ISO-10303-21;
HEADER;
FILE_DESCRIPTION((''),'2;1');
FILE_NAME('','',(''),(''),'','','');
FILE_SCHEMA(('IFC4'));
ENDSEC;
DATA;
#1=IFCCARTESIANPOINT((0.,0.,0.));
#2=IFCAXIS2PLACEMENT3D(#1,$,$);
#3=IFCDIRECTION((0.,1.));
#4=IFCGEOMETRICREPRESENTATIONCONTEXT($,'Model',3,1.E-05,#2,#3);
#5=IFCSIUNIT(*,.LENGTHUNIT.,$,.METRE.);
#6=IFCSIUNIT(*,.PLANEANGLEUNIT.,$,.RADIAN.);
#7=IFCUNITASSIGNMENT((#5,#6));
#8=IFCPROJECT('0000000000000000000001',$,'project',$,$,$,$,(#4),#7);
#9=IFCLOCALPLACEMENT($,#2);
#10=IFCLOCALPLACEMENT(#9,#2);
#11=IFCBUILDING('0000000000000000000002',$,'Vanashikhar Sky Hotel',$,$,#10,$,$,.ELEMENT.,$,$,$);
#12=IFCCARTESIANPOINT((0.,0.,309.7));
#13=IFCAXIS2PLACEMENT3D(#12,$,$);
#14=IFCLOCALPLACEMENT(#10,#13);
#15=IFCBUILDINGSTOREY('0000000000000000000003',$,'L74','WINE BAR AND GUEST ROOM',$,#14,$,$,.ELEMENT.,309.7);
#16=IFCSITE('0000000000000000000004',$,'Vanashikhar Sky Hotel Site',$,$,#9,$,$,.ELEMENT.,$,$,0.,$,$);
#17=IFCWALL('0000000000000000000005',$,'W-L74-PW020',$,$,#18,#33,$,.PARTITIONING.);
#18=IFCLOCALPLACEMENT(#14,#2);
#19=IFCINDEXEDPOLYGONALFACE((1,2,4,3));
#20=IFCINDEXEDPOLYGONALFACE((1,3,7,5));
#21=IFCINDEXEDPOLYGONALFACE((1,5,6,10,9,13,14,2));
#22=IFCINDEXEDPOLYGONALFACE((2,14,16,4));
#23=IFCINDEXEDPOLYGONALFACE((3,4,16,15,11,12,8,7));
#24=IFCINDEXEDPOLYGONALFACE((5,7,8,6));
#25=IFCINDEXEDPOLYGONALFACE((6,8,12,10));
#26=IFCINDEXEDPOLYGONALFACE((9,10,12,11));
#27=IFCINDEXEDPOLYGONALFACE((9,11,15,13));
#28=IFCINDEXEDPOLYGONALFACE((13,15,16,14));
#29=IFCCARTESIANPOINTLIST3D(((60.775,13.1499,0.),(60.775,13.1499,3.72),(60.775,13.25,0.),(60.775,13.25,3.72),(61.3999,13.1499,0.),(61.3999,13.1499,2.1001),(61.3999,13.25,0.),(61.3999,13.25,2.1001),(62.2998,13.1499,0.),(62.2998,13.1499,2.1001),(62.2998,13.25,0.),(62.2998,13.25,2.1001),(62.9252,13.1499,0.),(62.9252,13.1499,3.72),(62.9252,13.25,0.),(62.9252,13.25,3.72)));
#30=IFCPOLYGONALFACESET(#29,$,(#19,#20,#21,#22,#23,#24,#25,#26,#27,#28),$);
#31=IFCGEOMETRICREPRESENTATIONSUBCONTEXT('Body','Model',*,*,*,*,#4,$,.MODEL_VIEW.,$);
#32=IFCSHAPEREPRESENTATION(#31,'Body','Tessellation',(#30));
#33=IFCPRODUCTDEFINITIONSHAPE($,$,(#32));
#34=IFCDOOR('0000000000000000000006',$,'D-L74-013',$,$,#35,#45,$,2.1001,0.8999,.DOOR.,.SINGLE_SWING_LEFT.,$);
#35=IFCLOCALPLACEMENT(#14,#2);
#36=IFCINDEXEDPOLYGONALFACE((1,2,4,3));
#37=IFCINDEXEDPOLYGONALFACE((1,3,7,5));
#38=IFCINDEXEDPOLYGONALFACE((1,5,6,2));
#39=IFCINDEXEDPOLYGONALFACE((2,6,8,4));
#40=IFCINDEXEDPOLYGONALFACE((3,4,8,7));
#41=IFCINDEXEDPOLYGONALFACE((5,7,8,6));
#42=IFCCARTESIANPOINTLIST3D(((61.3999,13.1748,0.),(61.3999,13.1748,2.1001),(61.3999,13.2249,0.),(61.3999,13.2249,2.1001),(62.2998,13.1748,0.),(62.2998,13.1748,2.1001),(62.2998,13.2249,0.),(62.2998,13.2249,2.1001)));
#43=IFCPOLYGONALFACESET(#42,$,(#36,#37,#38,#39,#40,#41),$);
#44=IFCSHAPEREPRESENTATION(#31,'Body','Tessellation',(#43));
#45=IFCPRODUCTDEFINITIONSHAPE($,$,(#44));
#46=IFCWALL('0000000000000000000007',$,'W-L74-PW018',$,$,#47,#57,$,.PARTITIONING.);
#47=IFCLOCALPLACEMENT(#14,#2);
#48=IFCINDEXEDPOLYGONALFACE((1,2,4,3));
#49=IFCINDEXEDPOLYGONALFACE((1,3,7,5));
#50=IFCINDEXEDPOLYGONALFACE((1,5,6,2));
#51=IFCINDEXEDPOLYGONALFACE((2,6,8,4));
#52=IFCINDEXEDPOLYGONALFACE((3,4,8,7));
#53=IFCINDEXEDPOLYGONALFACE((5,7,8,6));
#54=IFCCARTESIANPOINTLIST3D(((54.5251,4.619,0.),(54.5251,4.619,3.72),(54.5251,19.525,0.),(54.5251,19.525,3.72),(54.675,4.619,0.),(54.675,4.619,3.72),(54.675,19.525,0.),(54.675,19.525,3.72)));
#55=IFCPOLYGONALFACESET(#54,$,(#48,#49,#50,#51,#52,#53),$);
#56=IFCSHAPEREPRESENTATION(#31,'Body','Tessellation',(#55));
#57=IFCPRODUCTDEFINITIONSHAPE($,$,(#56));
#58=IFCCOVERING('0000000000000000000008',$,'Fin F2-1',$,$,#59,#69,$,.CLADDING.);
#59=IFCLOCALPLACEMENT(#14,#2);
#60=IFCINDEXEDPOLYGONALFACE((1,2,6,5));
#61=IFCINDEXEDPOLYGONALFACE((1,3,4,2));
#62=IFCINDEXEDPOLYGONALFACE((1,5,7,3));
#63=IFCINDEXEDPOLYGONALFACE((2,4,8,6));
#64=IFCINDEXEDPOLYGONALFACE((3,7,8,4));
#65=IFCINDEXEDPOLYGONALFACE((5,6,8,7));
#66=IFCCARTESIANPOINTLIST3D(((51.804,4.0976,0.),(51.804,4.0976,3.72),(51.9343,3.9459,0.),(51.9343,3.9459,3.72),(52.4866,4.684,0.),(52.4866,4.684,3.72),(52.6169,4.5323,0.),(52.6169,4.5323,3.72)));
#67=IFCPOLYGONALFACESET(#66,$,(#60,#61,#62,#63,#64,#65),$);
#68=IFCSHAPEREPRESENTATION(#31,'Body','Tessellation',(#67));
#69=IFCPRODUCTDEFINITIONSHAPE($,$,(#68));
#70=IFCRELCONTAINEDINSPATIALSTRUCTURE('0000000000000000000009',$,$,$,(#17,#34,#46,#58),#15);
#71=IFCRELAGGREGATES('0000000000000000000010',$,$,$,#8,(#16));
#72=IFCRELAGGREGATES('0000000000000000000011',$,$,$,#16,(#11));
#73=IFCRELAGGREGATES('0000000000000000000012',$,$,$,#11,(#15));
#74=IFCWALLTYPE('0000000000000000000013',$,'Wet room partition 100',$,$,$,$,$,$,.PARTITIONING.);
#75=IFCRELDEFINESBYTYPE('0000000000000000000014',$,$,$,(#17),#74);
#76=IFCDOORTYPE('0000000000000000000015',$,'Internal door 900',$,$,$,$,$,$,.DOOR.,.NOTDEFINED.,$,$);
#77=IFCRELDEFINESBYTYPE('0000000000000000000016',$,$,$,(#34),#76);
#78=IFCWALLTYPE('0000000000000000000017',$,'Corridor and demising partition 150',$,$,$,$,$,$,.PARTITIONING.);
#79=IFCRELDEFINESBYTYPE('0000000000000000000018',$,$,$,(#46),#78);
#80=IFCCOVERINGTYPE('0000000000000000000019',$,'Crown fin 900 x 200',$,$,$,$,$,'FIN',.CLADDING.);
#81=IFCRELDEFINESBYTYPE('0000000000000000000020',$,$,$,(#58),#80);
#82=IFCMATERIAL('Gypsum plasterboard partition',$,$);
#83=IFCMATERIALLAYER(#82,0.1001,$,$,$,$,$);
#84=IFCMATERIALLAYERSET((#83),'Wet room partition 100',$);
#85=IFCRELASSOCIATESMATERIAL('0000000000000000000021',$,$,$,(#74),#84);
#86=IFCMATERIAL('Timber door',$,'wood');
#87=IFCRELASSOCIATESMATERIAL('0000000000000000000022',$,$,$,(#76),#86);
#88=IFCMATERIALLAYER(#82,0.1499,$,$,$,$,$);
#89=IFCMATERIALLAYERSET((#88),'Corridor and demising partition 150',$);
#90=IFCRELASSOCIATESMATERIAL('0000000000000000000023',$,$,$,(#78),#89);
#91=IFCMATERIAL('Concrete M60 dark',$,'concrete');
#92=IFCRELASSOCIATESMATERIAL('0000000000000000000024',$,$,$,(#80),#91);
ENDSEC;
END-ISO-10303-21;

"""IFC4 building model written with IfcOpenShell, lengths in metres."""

from ifc_helpers import new_model, si_unit, direction, frame, frame_2d, origin, origin_2d, place, context, subcontext, project, spatial, rectangle, extrude, source, transform, mapped, material, layer, layer_set, material_profile, profile_set, type_object, element, fill, save


model = new_model("IFC4")

# Units and contexts
model_context = context("Model", 3, precision=1e-05, world=origin(), true_north=direction((0.0, 1.0)))
body_context = subcontext(model_context, "Body", "Model", "MODEL_VIEW")
ifc_project = project(units=[si_unit("LENGTHUNIT", "METRE"), si_unit("PLANEANGLEUNIT", "RADIAN")], contexts=[model_context])

# Site, building, storey
site_placement = place(None, origin())
site = spatial("IfcSite", under=ifc_project, at=site_placement, Name="Vanashikhar Sky Hotel Site", CompositionType="ELEMENT", RefElevation=0.0)
building_placement = place(site_placement, origin())
building = spatial("IfcBuilding", under=site, at=building_placement, Name="Vanashikhar Sky Hotel", CompositionType="ELEMENT")
storey_placement = place(building_placement, frame((0.0, 0.0, 309.7)))
storey = spatial("IfcBuildingStorey", under=building, at=storey_placement, Name="L74", Description="WINE BAR AND GUEST ROOM", CompositionType="ELEMENT", Elevation=309.7)

# Shared definitions
ifc_material_1 = material(Name="Gypsum plasterboard partition")
ifc_layer_1 = layer(ifc_material_1, 0.1001)
ifc_layer_set_1 = layer_set([ifc_layer_1], Name="Wet room partition 100")
wall_type_1 = type_object("IfcWallType", Name="Wet room partition 100", PredefinedType="PARTITIONING", material=ifc_layer_set_1)

# Wall, opening, door
shared_shape_1 = source(origin(), body_context, "Body", "SweptSolid", [
    extrude(rectangle(XDim=0.8999, YDim=2.1001, at=frame_2d((0.45, 1.05))), frame((0.0, 0.0601, 0.0), z_axis=(0.0, -1.0, 0.0), x_axis=(1.0, 0.0, 0.0)), (0.0, 0.0, 1.0), 0.1201),
])
ifc_material_2 = material(Name="Timber door", Category="wood")
door_type_1 = type_object("IfcDoorType", Name="Internal door 900", OperationType="NOTDEFINED", PredefinedType="DOOR", material=ifc_material_2)
shared_shape_2 = source(origin(), body_context, "Body", "SweptSolid", [
    extrude(rectangle(XDim=0.8999, YDim=2.1001, at=frame_2d((0.45, 1.05))), frame((0.0, 0.0249, 0.0), z_axis=(0.0, -1.0, 0.0), x_axis=(1.0, 0.0, 0.0)), (0.0, 0.0, 1.0), 0.05),
])
ifc_layer_2 = layer(ifc_material_1, 0.1499)
ifc_layer_set_2 = layer_set([ifc_layer_2], Name="Corridor and demising partition 150")
wall_type_2 = type_object("IfcWallType", Name="Corridor and demising partition 150", PredefinedType="PARTITIONING", material=ifc_layer_set_2)
shared_shape_3 = source(origin(), body_context, "Body", "SweptSolid", [
    extrude(rectangle(XDim=2.1501, YDim=0.1001, at=frame_2d((1.0752, 0.0))), origin(), (0.0, 0.0, 1.0), 3.72),
])
wall_1_placement = place(storey_placement, frame((60.7749, 13.2, 0.0), z_axis=(0.0, 0.0, 1.0), x_axis=(1.0, 0.0, 0.0)))
wall_1 = element("IfcWall", 1, at=wall_1_placement, inside=storey, type_object=wall_type_1, Name="W-L74-PW020", PredefinedType="PARTITIONING", context=body_context, shape_type="MappedRepresentation", body=[
    mapped(shared_shape_3, transform((0.0, 0.0, 0.0), scale=1.0)),
])
opening_1_placement = place(wall_1_placement, frame((0.625, 0.0, 0.0)))
opening_1 = element("IfcOpeningElement", 2, at=opening_1_placement, cuts=wall_1, PredefinedType="OPENING", context=body_context, shape_type="MappedRepresentation", body=[
    mapped(shared_shape_1, transform((0.0, 0.0, 0.0), scale=1.0)),
])
door_1_placement = place(opening_1_placement, origin())
door_1 = element("IfcDoor", 3, at=door_1_placement, inside=storey, type_object=door_type_1, Name="D-L74-013", OperationType="SINGLE_SWING_LEFT", OverallHeight=2.1001, OverallWidth=0.8999, PredefinedType="DOOR", context=body_context, shape_type="MappedRepresentation", body=[
    mapped(shared_shape_2, transform((0.0, 0.0, 0.0), scale=1.0)),
])
fill(opening_1, door_1)

# Wall
shared_shape_4 = source(origin(), body_context, "Body", "SweptSolid", [
    extrude(rectangle(XDim=14.906, YDim=0.1499, at=frame_2d((7.4531, 0.0))), origin(), (0.0, 0.0, 1.0), 3.72),
])
wall_2_placement = place(storey_placement, frame((54.6001, 4.6189, 0.0), z_axis=(0.0, 0.0, 1.0), x_axis=(0.0, 1.0, 0.0)))
element("IfcWall", 4, at=wall_2_placement, inside=storey, type_object=wall_type_2, Name="W-L74-PW018", PredefinedType="PARTITIONING", context=body_context, shape_type="MappedRepresentation", body=[
    mapped(shared_shape_4, transform((0.0, 0.0, 0.0), scale=1.0)),
])

# Covering
ifc_material_3 = material(Name="Concrete M60 dark", Category="concrete")
ifc_material_profile_1 = material_profile(ifc_material_3, rectangle(XDim=0.8999, YDim=0.2, at=origin_2d()))
ifc_profile_set_1 = profile_set([ifc_material_profile_1], Name="Crown fin 900 x 200")
covering_type = type_object("IfcCoveringType", Name="Crown fin 900 x 200", ElementType="FIN", PredefinedType="CLADDING", material=ifc_profile_set_1)
shared_shape_5 = source(origin(), body_context, "Body", "SweptSolid", [
    extrude(rectangle(XDim=0.8999, YDim=0.2, at=origin_2d()), origin(), (0.0, 0.0, 1.0), 3.72),
])
covering_placement = place(storey_placement, frame((52.2104, 4.3149, 0.0), z_axis=(0.0, 0.0, 1.0), x_axis=(-0.758544, -0.651622, 0.0)))
element("IfcCovering", 5, at=covering_placement, inside=storey, type_object=covering_type, Name="Fin F2-1", PredefinedType="CLADDING", context=body_context, shape_type="MappedRepresentation", body=[
    mapped(shared_shape_5, transform((0.0, 0.0, 0.0), scale=1.0)),
])

save(model, "model.ifc")
